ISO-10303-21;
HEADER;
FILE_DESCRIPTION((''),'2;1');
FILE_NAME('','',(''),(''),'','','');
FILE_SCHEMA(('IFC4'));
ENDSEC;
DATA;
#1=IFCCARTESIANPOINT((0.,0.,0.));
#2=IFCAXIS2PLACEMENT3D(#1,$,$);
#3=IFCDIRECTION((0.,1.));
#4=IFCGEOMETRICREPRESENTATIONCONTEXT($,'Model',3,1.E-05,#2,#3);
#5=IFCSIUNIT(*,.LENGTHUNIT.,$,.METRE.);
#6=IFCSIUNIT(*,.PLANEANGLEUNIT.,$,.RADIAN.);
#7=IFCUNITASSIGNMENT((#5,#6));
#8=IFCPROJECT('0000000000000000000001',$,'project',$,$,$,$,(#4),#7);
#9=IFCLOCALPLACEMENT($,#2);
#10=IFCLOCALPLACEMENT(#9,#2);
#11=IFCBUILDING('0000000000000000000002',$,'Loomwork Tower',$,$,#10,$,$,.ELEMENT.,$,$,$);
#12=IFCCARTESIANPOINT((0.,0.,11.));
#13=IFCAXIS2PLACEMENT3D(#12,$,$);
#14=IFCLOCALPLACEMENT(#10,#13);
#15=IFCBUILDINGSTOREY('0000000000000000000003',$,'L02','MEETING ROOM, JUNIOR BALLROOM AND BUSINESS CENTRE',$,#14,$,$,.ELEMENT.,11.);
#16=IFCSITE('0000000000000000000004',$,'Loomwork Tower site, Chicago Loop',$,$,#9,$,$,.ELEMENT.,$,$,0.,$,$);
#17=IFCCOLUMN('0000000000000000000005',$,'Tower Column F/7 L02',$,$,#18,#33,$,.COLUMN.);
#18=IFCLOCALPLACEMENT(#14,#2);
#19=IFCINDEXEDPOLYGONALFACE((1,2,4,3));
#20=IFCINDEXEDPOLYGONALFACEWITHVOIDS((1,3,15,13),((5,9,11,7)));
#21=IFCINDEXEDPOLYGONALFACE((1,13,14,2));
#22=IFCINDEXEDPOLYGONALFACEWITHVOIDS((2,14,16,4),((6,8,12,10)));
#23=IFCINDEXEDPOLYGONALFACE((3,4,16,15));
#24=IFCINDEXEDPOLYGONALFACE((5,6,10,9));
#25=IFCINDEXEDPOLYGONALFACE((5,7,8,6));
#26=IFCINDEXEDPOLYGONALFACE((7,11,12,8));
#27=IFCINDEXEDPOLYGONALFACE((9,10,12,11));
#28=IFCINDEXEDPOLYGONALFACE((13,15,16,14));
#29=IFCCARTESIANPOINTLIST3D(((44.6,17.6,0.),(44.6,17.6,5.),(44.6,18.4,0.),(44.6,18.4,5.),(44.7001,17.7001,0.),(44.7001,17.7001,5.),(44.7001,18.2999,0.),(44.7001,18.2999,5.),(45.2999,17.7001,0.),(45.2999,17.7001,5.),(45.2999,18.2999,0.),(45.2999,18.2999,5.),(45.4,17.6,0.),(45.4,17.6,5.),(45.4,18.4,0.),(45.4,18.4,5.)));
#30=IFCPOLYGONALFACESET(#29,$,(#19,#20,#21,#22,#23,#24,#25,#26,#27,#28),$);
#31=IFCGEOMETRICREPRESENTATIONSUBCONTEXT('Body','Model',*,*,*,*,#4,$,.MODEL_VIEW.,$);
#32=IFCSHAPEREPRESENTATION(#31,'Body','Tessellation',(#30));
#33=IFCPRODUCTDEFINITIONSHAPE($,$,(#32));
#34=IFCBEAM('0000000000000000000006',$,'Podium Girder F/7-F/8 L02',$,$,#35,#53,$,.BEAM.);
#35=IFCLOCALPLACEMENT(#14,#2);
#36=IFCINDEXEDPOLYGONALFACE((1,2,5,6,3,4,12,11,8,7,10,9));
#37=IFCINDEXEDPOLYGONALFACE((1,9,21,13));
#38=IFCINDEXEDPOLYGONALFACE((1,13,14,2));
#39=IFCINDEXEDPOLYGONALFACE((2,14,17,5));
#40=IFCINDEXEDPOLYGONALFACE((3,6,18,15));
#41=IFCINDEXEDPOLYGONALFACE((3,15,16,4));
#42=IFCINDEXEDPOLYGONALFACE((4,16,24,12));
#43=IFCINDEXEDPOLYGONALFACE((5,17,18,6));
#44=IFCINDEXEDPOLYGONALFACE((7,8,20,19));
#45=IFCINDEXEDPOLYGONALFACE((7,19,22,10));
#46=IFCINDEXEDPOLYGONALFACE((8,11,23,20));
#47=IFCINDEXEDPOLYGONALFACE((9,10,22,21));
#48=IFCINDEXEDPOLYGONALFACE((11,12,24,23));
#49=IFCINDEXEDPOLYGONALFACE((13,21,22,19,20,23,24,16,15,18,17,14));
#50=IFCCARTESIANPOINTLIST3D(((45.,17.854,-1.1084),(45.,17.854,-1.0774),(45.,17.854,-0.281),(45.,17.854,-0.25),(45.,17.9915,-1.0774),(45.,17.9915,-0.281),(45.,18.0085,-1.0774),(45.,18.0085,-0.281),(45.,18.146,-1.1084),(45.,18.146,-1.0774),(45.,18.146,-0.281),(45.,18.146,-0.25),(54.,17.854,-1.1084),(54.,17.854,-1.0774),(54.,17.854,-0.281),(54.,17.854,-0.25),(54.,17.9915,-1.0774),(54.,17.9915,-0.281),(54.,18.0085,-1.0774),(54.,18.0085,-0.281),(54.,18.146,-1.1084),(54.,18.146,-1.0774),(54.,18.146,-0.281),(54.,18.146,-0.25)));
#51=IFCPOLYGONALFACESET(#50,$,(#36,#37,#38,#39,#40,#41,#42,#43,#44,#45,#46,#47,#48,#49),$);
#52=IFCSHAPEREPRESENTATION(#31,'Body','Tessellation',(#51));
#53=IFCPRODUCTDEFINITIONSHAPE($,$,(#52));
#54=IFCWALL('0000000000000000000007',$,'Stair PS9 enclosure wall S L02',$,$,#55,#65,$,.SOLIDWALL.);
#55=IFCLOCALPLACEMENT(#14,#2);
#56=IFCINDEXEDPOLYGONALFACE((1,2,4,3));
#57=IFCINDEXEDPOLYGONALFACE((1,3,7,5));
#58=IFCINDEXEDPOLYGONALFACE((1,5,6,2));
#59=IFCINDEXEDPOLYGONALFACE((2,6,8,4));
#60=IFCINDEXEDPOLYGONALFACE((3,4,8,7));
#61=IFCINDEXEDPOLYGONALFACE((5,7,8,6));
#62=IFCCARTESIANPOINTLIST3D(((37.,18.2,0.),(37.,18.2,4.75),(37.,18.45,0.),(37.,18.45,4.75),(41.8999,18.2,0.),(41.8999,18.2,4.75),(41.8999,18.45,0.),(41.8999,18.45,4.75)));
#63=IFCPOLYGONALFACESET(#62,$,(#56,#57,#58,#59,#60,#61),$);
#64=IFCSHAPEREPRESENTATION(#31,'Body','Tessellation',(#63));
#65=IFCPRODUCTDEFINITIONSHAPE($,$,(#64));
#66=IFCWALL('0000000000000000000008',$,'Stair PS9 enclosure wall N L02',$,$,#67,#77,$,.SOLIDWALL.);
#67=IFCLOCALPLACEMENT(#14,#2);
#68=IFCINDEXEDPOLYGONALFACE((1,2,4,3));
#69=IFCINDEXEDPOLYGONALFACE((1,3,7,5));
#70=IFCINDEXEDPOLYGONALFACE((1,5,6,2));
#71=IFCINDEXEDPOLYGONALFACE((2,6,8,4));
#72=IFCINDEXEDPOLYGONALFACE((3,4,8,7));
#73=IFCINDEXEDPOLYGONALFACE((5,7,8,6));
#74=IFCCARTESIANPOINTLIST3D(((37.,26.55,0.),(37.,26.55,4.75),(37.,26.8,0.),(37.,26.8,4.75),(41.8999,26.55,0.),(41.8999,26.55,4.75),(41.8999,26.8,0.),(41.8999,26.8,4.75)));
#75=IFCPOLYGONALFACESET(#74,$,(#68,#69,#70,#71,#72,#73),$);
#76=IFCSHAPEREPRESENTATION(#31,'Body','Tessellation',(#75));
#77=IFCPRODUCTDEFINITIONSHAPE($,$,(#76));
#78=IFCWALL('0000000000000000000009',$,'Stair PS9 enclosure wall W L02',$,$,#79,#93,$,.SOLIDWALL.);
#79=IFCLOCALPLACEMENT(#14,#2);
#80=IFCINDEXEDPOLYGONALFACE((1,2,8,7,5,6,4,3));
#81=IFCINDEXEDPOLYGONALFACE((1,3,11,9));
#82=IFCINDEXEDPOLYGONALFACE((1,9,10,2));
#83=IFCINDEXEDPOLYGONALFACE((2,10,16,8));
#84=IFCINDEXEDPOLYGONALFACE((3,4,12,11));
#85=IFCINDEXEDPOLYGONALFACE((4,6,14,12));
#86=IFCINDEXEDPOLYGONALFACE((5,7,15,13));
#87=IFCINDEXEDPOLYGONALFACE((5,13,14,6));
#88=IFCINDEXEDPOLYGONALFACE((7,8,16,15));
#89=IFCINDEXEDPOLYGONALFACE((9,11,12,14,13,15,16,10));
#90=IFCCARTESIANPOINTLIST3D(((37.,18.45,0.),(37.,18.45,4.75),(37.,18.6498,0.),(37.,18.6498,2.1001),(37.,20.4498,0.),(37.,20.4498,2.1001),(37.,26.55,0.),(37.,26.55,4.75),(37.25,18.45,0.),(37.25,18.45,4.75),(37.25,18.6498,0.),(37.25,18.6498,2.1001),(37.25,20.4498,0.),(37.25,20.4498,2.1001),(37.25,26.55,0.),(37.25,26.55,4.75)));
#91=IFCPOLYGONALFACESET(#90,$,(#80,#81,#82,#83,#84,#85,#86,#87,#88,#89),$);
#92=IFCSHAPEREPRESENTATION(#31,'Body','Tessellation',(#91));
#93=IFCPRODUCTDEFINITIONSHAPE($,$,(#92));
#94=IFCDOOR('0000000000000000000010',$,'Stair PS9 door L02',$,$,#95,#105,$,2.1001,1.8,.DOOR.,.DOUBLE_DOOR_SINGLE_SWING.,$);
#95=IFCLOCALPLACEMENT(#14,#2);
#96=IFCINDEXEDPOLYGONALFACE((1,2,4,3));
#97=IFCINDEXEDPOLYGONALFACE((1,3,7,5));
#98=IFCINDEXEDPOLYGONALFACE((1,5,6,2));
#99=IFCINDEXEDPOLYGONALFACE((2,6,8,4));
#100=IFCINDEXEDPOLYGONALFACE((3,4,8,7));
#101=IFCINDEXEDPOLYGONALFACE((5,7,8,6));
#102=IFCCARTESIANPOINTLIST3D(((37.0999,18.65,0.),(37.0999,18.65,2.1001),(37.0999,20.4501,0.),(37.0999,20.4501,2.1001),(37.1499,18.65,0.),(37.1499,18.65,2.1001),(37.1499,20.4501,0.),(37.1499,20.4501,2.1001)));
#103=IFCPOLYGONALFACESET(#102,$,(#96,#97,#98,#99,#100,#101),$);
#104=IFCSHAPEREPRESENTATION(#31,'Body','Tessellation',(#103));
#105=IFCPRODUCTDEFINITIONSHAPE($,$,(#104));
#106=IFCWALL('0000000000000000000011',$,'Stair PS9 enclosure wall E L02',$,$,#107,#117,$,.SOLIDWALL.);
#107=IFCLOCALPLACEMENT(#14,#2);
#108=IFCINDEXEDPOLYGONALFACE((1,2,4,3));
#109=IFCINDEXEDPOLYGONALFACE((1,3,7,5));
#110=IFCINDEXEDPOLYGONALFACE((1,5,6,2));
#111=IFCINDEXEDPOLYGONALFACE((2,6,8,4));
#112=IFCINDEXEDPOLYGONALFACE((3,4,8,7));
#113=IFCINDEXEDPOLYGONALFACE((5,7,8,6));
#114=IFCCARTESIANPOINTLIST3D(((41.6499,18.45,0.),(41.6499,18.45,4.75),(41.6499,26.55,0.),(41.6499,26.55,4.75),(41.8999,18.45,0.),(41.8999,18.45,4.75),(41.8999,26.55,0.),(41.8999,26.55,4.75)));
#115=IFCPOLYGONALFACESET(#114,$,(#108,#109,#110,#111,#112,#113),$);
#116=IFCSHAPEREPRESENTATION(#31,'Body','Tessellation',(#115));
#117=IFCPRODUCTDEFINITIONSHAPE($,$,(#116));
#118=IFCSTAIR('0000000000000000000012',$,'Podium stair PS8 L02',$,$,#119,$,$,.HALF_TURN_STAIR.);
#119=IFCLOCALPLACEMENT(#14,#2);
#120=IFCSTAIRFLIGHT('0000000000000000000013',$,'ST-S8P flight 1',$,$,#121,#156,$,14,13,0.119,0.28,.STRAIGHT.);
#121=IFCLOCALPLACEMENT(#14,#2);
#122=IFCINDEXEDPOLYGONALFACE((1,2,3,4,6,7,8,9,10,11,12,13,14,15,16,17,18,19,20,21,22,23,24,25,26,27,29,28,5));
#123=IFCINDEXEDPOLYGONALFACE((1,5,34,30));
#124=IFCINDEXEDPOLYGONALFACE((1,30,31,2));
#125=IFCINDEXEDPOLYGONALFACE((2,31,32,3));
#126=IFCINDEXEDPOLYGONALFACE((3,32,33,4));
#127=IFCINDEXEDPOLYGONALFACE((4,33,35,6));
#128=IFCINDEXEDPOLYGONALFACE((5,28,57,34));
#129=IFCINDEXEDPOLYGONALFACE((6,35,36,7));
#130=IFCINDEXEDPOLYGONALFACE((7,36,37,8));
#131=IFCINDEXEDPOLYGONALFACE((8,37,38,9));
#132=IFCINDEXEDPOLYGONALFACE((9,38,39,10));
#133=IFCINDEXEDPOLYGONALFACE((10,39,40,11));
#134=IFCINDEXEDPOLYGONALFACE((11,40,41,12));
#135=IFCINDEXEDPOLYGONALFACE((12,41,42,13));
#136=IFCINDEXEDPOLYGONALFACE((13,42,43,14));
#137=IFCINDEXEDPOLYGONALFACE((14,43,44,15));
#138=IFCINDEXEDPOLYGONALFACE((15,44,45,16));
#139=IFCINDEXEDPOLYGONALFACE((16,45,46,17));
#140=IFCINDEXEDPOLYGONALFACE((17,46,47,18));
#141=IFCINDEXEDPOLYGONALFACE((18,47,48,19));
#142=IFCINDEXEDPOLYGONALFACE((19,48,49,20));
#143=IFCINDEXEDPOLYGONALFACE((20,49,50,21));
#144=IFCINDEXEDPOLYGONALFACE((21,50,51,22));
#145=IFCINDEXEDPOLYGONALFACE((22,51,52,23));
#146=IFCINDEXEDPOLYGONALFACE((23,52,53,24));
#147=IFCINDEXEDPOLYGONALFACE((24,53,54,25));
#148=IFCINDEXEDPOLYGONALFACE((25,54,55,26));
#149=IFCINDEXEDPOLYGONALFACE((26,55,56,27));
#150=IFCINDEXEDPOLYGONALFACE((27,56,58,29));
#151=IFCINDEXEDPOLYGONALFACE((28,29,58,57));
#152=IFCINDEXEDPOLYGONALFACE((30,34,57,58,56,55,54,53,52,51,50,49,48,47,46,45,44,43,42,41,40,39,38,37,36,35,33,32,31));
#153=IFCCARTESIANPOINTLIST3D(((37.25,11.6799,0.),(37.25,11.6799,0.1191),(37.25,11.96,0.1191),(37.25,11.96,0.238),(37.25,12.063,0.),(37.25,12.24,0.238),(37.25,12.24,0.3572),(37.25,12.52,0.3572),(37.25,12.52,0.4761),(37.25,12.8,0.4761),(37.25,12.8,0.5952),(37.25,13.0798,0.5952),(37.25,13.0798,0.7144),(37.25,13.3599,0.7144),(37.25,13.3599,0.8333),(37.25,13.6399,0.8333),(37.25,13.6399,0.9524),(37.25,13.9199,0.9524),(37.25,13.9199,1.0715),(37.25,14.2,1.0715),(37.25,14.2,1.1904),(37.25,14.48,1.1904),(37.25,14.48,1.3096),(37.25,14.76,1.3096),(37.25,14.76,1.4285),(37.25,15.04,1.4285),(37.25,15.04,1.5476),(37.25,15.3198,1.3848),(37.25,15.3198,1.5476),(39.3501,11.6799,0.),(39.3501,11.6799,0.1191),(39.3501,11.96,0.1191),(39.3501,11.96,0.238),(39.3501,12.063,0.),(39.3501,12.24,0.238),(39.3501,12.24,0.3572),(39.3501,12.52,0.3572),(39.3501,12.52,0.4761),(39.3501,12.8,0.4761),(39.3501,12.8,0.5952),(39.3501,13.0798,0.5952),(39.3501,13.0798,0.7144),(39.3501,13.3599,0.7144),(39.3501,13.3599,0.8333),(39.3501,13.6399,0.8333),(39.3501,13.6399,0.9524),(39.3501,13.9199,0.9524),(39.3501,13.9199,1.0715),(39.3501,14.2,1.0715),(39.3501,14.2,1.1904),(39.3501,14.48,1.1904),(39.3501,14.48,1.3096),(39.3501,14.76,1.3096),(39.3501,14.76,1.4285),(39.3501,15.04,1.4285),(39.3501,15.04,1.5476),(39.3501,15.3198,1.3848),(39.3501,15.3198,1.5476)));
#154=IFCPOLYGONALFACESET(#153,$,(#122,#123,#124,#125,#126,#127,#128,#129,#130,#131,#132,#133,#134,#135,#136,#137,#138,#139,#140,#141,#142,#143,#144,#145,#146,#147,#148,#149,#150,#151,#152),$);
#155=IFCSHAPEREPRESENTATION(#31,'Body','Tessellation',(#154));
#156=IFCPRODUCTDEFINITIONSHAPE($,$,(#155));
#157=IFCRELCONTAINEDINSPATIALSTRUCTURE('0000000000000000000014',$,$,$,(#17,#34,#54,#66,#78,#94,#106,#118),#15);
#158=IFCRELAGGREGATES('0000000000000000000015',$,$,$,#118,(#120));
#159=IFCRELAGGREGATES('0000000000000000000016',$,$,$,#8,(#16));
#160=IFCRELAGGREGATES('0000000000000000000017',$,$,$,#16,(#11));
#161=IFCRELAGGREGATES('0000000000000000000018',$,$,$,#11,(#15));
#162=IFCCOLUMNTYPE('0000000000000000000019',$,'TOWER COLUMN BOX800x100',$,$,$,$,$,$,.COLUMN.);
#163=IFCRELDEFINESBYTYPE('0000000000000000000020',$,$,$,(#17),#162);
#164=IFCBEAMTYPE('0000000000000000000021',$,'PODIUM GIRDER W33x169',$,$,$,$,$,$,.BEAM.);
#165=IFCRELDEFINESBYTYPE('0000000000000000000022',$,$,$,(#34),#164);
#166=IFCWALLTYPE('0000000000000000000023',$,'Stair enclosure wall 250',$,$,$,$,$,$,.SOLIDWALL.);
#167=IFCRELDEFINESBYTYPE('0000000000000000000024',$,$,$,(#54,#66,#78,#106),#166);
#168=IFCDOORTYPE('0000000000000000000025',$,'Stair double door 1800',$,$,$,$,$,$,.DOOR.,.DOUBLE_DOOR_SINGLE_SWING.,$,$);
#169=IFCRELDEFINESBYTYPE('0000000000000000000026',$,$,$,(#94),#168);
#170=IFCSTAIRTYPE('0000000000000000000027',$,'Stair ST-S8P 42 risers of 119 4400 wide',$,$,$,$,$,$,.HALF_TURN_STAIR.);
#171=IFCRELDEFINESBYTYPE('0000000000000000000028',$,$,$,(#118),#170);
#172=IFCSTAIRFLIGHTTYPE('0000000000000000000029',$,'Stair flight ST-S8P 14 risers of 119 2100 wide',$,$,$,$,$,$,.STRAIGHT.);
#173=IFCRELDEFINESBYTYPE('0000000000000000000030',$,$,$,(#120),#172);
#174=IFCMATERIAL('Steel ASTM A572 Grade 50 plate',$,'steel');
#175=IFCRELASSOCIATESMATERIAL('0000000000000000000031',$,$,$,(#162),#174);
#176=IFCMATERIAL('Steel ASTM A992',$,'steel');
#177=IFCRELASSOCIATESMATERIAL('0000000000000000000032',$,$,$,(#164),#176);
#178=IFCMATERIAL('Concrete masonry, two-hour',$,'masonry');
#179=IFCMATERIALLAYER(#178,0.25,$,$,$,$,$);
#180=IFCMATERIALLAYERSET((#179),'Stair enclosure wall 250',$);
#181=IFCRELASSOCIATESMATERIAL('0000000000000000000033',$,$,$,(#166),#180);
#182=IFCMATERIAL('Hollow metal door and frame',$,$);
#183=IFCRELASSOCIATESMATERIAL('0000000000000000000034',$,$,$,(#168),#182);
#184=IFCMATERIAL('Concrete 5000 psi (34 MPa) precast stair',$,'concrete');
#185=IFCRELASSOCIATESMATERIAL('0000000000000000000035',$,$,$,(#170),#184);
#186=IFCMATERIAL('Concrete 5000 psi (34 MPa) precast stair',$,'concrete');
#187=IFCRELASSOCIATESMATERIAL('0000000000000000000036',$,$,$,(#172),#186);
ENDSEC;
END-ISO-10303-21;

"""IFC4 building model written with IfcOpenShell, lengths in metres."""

from ifc_helpers import new_model, si_unit, direction, frame, frame_2d, origin, origin_2d, place, context, subcontext, project, spatial, polyline, rectangle, hollow_rectangle, i_section, outline, extrude, material, layer, layer_set, material_profile, profile_set, type_object, element, fill, aggregate, save


model = new_model("IFC4")

# Units and contexts
model_context = context("Model", 3, precision=1e-05, world=origin(), true_north=direction((0.0, 1.0)))
body_context = subcontext(model_context, "Body", "Model", "MODEL_VIEW")
ifc_project = project(units=[si_unit("LENGTHUNIT", "METRE"), si_unit("PLANEANGLEUNIT", "RADIAN")], contexts=[model_context])

# Site, building, storey
site_placement = place(None, origin())
site = spatial("IfcSite", under=ifc_project, at=site_placement, Name="Loomwork Tower site, Chicago Loop", CompositionType="ELEMENT", RefElevation=0.0)
building_placement = place(site_placement, origin())
building = spatial("IfcBuilding", under=site, at=building_placement, Name="Loomwork Tower", CompositionType="ELEMENT")
storey_placement = place(building_placement, frame((0.0, 0.0, 11.0)))
storey = spatial("IfcBuildingStorey", under=building, at=storey_placement, Name="L02", Description="MEETING ROOM, JUNIOR BALLROOM AND BUSINESS CENTRE", CompositionType="ELEMENT", Elevation=11.0)

# Column
ifc_material_1 = material(Name="Steel ASTM A572 Grade 50 plate", Category="steel")
ifc_material_profile_1 = material_profile(ifc_material_1, hollow_rectangle(XDim=0.8, YDim=0.8, WallThickness=0.1001, at=origin_2d()), Name="BOX800x100")
ifc_profile_set_1 = profile_set([ifc_material_profile_1], Name="Steel ASTM A572 Grade 50 plate")
column_type = type_object("IfcColumnType", Name="TOWER COLUMN BOX800x100", PredefinedType="COLUMN", material=ifc_profile_set_1)
column_placement = place(storey_placement, frame((45.0, 18.0, 0.0), z_axis=(0.0, 0.0, 1.0), x_axis=(0.0, 1.0, 0.0)))
element("IfcColumn", 1, at=column_placement, inside=storey, type_object=column_type, Name="Tower Column F/7 L02", PredefinedType="COLUMN", context=body_context, shape_type="SweptSolid", body=[
    extrude(hollow_rectangle(XDim=0.8, YDim=0.8, WallThickness=0.1001, at=origin_2d()), origin(), (0.0, 0.0, 1.0), 5.0),
])

# Beam
ifc_material_2 = material(Name="Steel ASTM A992", Category="steel")
ifc_material_profile_2 = material_profile(ifc_material_2, i_section(OverallWidth=0.292, OverallDepth=0.8584, WebThickness=0.0171, FlangeThickness=0.031, at=origin_2d()), Name="W33x169")
ifc_profile_set_2 = profile_set([ifc_material_profile_2], Name="Steel ASTM A992")
beam_type = type_object("IfcBeamType", Name="PODIUM GIRDER W33x169", PredefinedType="BEAM", material=ifc_profile_set_2)
beam_placement = place(storey_placement, frame((45.0, 18.0, -0.6792), z_axis=(1.0, 0.0, 0.0), x_axis=(0.0, 1.0, 0.0)))
element("IfcBeam", 2, at=beam_placement, inside=storey, type_object=beam_type, Name="Podium Girder F/7-F/8 L02", PredefinedType="BEAM", context=body_context, shape_type="SweptSolid", body=[
    extrude(i_section(OverallWidth=0.292, OverallDepth=0.8584, WebThickness=0.0171, FlangeThickness=0.031, at=origin_2d()), origin(), (0.0, 0.0, 1.0), 9.0),
])

# Walls
ifc_material_3 = material(Name="Concrete masonry, two-hour", Category="masonry")
ifc_layer_1 = layer(ifc_material_3, 0.25)
ifc_layer_set_1 = layer_set([ifc_layer_1], Name="Stair enclosure wall 250")
wall_type = type_object("IfcWallType", Name="Stair enclosure wall 250", PredefinedType="SOLIDWALL", material=ifc_layer_set_1)
for number, where, z_axis, x_axis, name in (
    (3, (37.0, 18.325, 0.0), (0.0, 0.0, 1.0), (1.0, 0.0, 0.0), "Stair PS9 enclosure wall S L02"),
    (4, (37.0, 26.675, 0.0), (0.0, 0.0, 1.0), (1.0, 0.0, 0.0), "Stair PS9 enclosure wall N L02"),
):
    element("IfcWall", number, at=place(storey_placement, frame(where, z_axis=z_axis, x_axis=x_axis)), inside=storey, type_object=wall_type, Name=name, PredefinedType="SOLIDWALL", context=body_context, shape_type="SweptSolid", body=[
        extrude(rectangle(XDim=4.8999, YDim=0.25, at=frame_2d((2.45, 0.0))), origin(), (0.0, 0.0, 1.0), 4.75),
    ])

# Wall, opening, door
wall_1_placement = place(storey_placement, frame((37.125, 18.45, 0.0), z_axis=(0.0, 0.0, 1.0), x_axis=(0.0, 1.0, 0.0)))
wall_1 = element("IfcWall", 5, at=wall_1_placement, inside=storey, type_object=wall_type, Name="Stair PS9 enclosure wall W L02", PredefinedType="SOLIDWALL", context=body_context, shape_type="SweptSolid", body=[
    extrude(rectangle(XDim=8.1001, YDim=0.25, at=frame_2d((4.05, 0.0))), origin(), (0.0, 0.0, 1.0), 4.75),
])
opening_placement = place(wall_1_placement, frame((0.2, 0.0, 0.0)))
opening = element("IfcOpeningElement", 6, at=opening_placement, cuts=wall_1, PredefinedType="OPENING", context=body_context, shape_type="SweptSolid", body=[
    extrude(rectangle(XDim=1.8, YDim=2.1001, at=frame_2d((0.8999, 1.05))), frame((0.0, 0.135, 0.0), z_axis=(0.0, -1.0, 0.0), x_axis=(1.0, 0.0, 0.0)), (0.0, 0.0, 1.0), 0.27),
])
ifc_material_4 = material(Name="Hollow metal door and frame")
door_type = type_object("IfcDoorType", Name="Stair double door 1800", OperationType="DOUBLE_DOOR_SINGLE_SWING", PredefinedType="DOOR", material=ifc_material_4)
door_placement = place(opening_placement, frame((1.8, 0.0, 0.0), z_axis=(0.0, 0.0, 1.0), x_axis=(-1.0, 0.0, 0.0)))
door = element("IfcDoor", 7, at=door_placement, inside=storey, type_object=door_type, Name="Stair PS9 door L02", OperationType="DOUBLE_DOOR_SINGLE_SWING", OverallHeight=2.1001, OverallWidth=1.8, PredefinedType="DOOR", context=body_context, shape_type="SweptSolid", body=[
    extrude(rectangle(XDim=1.8, YDim=2.1001, at=frame_2d((0.8999, 1.05))), frame((0.0, 0.0249, 0.0), z_axis=(0.0, -1.0, 0.0), x_axis=(1.0, 0.0, 0.0)), (0.0, 0.0, 1.0), 0.05),
])
fill(opening, door)

# Wall
wall_2_placement = place(storey_placement, frame((41.7749, 18.45, 0.0), z_axis=(0.0, 0.0, 1.0), x_axis=(0.0, 1.0, 0.0)))
element("IfcWall", 8, at=wall_2_placement, inside=storey, type_object=wall_type, Name="Stair PS9 enclosure wall E L02", PredefinedType="SOLIDWALL", context=body_context, shape_type="SweptSolid", body=[
    extrude(rectangle(XDim=8.1001, YDim=0.25, at=frame_2d((4.05, 0.0))), origin(), (0.0, 0.0, 1.0), 4.75),
])

# Stair, stair flight
ifc_material_5 = material(Name="Concrete 5000 psi (34 MPa) precast stair", Category="concrete")
stair_type_1 = type_object("IfcStairType", Name="Stair ST-S8P 42 risers of 119 4400 wide", PredefinedType="HALF_TURN_STAIR", material=ifc_material_5)
stair_1_placement = place(storey_placement, origin())
stair_1 = element("IfcStair", 9, at=stair_1_placement, inside=storey, type_object=stair_type_1, Name="Podium stair PS8 L02", PredefinedType="HALF_TURN_STAIR")
ifc_material_6 = material(Name="Concrete 5000 psi (34 MPa) precast stair", Category="concrete")
stair_flight_type_1 = type_object("IfcStairFlightType", Name="Stair flight ST-S8P 14 risers of 119 2100 wide", PredefinedType="STRAIGHT", material=ifc_material_6)
stair_flight_1_placement = place(storey_placement, frame((38.3, 11.6799, 0.0), z_axis=(0.0, 0.0, 1.0), x_axis=(0.0, 1.0, 0.0)))
stair_flight_1 = element("IfcStairFlight", 10, at=stair_flight_1_placement, type_object=stair_flight_type_1, Name="ST-S8P flight 1", NumberOfRisers=14, NumberOfTreads=13, PredefinedType="STRAIGHT", RiserHeight=0.119, TreadLength=0.28, context=body_context, shape_type="SweptSolid", body=[
    extrude(outline(polyline([(0.0, 0.0), (0.0, 0.1191), (0.28, 0.1191), (0.28, 0.238), (0.5601, 0.238), (0.5601, 0.3572), (0.8401, 0.3572), (0.8401, 0.4761), (1.1201, 0.4761), (1.1201, 0.5952), (1.3999, 0.5952), (1.3999, 0.7144), (1.6799, 0.7144), (1.6799, 0.8333), (1.96, 0.8333), (1.96, 0.9524), (2.24, 0.9524), (2.24, 1.0715), (2.52, 1.0715), (2.52, 1.1904), (2.8, 1.1904), (2.8, 1.3096), (3.0801, 1.3096), (3.0801, 1.4285), (3.3601, 1.4285), (3.3601, 1.5476), (3.6399, 1.5476), (3.6399, 1.6667), (3.6399, 1.3848), (0.3831, 0.0), (0.0, 0.0)])), frame((0.0, 1.05, 0.0), z_axis=(0.0, -1.0, 0.0), x_axis=(1.0, 0.0, 0.0)), (0.0, 0.0, 1.0), 2.1001),
])
aggregate(stair_1, [stair_flight_1])

save(model, "model.ifc")
